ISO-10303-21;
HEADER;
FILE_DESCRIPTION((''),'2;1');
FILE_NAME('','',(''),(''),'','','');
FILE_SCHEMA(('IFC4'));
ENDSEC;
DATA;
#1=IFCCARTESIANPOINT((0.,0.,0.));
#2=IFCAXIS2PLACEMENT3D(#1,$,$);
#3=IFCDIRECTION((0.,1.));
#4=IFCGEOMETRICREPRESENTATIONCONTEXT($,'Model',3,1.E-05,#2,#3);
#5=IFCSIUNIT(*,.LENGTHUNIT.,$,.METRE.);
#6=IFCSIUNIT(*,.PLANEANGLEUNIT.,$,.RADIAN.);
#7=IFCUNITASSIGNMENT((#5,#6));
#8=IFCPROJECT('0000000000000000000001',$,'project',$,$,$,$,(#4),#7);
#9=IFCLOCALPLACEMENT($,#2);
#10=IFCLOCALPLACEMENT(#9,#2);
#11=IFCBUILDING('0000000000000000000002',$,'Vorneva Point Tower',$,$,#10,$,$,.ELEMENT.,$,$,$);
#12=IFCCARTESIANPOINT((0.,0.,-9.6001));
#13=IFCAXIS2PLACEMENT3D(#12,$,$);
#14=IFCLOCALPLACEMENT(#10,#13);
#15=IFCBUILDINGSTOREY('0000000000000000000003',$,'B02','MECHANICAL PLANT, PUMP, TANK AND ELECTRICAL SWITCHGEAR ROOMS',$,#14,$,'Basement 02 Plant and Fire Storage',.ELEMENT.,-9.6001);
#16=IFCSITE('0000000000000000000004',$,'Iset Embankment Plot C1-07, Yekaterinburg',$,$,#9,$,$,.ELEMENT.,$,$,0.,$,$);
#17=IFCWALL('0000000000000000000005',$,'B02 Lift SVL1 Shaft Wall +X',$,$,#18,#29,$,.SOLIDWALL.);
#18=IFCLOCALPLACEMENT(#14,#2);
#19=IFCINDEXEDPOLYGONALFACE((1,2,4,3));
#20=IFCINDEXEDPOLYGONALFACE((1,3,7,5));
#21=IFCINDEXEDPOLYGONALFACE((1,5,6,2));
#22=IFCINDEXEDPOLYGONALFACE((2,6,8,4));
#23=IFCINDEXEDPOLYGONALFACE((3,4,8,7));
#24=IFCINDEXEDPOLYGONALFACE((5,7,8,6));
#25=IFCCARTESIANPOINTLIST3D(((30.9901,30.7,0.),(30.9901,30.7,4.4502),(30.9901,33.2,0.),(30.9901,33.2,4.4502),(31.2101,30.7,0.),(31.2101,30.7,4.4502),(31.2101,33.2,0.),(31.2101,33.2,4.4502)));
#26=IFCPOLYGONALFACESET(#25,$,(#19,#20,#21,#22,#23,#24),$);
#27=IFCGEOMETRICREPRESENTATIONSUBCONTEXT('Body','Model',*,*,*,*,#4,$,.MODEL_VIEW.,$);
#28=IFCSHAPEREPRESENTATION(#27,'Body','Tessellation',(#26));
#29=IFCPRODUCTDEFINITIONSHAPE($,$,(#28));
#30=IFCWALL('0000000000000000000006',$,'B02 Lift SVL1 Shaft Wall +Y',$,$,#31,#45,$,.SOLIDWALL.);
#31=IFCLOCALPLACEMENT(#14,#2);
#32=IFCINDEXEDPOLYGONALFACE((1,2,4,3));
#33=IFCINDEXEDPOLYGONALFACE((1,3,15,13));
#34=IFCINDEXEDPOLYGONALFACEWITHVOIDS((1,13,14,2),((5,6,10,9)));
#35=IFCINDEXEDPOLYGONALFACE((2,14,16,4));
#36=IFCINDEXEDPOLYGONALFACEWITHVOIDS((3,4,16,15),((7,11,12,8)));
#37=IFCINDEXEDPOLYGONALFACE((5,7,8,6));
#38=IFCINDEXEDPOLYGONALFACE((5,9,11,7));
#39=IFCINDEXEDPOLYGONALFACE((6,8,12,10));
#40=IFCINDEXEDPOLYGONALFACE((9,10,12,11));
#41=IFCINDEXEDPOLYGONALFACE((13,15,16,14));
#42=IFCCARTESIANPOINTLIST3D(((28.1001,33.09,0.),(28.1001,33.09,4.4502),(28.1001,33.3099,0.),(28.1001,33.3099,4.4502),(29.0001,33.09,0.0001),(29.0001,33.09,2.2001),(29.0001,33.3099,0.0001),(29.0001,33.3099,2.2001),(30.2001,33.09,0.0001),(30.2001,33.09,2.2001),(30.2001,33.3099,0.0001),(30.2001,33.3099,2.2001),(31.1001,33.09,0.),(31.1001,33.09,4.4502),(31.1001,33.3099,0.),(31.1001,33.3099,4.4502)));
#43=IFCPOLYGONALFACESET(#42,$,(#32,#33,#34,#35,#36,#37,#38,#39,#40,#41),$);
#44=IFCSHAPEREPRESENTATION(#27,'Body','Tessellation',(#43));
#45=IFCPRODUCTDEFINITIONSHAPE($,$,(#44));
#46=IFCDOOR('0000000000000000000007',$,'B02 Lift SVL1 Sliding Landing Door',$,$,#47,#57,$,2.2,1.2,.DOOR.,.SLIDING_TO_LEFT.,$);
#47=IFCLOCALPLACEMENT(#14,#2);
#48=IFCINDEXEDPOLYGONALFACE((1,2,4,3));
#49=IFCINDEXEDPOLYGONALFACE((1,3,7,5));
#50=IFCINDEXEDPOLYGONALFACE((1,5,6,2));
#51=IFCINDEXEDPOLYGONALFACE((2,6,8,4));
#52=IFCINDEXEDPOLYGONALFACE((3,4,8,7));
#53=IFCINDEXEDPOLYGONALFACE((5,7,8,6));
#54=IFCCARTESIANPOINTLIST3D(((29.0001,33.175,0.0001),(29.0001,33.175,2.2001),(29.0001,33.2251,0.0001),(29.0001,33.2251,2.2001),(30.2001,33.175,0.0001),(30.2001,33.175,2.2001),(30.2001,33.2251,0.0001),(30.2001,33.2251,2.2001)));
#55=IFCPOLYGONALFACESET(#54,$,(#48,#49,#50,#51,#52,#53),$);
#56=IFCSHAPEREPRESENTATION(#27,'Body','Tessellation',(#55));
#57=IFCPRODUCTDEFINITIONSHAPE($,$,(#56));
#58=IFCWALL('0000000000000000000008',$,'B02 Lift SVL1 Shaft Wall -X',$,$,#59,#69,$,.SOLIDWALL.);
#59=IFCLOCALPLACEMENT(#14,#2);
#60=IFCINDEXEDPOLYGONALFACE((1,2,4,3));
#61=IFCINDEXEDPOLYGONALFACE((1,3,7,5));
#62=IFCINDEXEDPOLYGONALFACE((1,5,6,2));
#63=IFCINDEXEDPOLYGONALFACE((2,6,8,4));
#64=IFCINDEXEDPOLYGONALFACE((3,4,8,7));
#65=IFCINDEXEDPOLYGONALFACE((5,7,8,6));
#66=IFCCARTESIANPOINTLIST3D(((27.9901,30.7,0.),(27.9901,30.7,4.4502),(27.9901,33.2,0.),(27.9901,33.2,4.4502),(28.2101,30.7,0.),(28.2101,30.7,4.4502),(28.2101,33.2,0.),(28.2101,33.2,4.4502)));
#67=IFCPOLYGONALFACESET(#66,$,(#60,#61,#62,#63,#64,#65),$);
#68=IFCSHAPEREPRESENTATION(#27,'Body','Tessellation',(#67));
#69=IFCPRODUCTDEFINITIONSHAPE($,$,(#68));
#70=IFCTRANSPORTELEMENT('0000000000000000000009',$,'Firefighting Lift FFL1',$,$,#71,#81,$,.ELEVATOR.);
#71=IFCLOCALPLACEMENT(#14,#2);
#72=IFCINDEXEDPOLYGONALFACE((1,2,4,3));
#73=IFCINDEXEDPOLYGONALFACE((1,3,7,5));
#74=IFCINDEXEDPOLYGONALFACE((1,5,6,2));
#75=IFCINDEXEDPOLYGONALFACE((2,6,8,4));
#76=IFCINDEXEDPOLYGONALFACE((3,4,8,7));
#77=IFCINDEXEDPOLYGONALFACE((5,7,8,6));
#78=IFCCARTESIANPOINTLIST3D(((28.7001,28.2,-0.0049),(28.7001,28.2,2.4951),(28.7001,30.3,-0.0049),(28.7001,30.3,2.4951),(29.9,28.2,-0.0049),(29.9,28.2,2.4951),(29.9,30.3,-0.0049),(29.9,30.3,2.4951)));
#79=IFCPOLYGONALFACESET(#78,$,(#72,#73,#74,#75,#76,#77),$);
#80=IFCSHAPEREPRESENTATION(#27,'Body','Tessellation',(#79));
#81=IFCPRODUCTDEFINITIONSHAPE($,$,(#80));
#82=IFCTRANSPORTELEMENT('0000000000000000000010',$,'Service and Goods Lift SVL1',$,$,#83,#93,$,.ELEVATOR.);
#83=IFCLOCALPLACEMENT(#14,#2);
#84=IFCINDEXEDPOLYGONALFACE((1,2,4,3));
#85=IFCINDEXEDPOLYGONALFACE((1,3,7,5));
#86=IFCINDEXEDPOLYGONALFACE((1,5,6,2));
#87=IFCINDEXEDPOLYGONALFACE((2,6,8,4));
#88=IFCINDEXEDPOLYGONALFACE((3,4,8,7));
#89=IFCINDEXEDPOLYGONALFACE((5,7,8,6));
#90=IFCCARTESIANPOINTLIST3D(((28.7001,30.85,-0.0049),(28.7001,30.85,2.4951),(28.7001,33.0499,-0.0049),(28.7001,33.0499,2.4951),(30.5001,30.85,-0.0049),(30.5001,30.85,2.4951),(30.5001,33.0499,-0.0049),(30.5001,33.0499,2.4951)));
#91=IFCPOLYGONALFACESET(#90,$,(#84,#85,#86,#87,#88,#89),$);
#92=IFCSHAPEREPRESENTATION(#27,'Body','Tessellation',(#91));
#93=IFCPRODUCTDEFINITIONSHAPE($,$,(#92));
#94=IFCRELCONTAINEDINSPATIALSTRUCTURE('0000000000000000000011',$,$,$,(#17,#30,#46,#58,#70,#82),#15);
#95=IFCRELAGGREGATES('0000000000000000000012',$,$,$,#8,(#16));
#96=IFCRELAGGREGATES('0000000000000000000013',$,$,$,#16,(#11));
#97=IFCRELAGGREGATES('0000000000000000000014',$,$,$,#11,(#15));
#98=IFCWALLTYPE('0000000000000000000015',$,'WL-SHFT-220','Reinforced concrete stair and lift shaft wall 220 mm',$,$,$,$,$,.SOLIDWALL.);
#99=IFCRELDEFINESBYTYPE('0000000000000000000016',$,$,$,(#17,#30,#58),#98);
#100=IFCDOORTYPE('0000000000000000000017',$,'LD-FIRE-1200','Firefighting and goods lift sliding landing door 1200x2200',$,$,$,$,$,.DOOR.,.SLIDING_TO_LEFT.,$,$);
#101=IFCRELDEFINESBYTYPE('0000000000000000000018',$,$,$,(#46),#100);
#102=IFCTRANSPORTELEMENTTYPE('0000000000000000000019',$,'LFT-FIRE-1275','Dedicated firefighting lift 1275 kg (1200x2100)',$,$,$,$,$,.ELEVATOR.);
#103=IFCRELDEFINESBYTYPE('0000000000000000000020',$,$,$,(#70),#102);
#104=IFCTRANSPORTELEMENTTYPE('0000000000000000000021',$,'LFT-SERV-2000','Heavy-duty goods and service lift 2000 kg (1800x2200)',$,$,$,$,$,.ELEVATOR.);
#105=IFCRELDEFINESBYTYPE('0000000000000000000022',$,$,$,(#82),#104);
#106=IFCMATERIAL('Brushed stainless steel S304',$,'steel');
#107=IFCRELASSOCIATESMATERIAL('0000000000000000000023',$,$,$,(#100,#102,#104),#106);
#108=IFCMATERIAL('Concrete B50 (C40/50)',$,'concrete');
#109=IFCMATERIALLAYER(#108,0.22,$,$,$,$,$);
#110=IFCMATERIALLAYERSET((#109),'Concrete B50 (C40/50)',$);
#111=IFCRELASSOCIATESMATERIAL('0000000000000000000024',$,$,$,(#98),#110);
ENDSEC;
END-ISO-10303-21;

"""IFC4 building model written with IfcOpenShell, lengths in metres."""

from ifc_helpers import new_model, si_unit, direction, frame, frame_2d, origin, origin_2d, place, context, subcontext, project, spatial, rectangle, extrude, material, layer, layer_set, type_object, element, fill, save


model = new_model("IFC4")

# Units and contexts
model_context = context("Model", 3, precision=1e-05, world=origin(), true_north=direction((0.0, 1.0)))
body_context = subcontext(model_context, "Body", "Model", "MODEL_VIEW")
ifc_project = project(units=[si_unit("LENGTHUNIT", "METRE"), si_unit("PLANEANGLEUNIT", "RADIAN")], contexts=[model_context])

# Site, building, storey
site_placement = place(None, origin())
site = spatial("IfcSite", under=ifc_project, at=site_placement, Name="Iset Embankment Plot C1-07, Yekaterinburg", CompositionType="ELEMENT", RefElevation=0.0)
building_placement = place(site_placement, origin())
building = spatial("IfcBuilding", under=site, at=building_placement, Name="Vorneva Point Tower", CompositionType="ELEMENT")
storey_placement = place(building_placement, frame((0.0, 0.0, -9.6001)))
storey = spatial("IfcBuildingStorey", under=building, at=storey_placement, Name="B02", Description="MECHANICAL PLANT, PUMP, TANK AND ELECTRICAL SWITCHGEAR ROOMS", LongName="Basement 02 Plant and Fire Storage", CompositionType="ELEMENT", Elevation=-9.6001)

# Shared definitions
ifc_material_1 = material(Name="Concrete B50 (C40/50)", Category="concrete")

# Shared definitions
ifc_material_2 = material(Name="Brushed stainless steel S304", Category="steel")
door_type_1 = type_object("IfcDoorType", Name="LD-FIRE-1200", Description="Firefighting and goods lift sliding landing door 1200x2200", OperationType="SLIDING_TO_LEFT", PredefinedType="DOOR", material=ifc_material_2)

# Wall
ifc_layer_1 = layer(ifc_material_1, 0.22)
ifc_layer_set_1 = layer_set([ifc_layer_1], Name="Concrete B50 (C40/50)")
wall_type_1 = type_object("IfcWallType", Name="WL-SHFT-220", Description="Reinforced concrete stair and lift shaft wall 220 mm", PredefinedType="SOLIDWALL", material=ifc_layer_set_1)
wall_1_placement = place(storey_placement, frame((31.1001, 30.7, 0.0), z_axis=(0.0, 0.0, 1.0), x_axis=(0.0, 1.0, 0.0)))
element("IfcWall", 1, at=wall_1_placement, inside=storey, type_object=wall_type_1, Name="B02 Lift SVL1 Shaft Wall +X", PredefinedType="SOLIDWALL", context=body_context, shape_type="SweptSolid", body=[
    extrude(rectangle(XDim=2.5, YDim=0.22, at=frame_2d((1.25, 0.0))), origin(), (0.0, 0.0, 1.0), 4.4502),
])

# Wall, opening, door
wall_2_placement = place(storey_placement, frame((31.1001, 33.2, 0.0), z_axis=(0.0, 0.0, 1.0), x_axis=(-1.0, 0.0, 0.0)))
wall_2 = element("IfcWall", 2, at=wall_2_placement, inside=storey, type_object=wall_type_1, Name="B02 Lift SVL1 Shaft Wall +Y", PredefinedType="SOLIDWALL", context=body_context, shape_type="SweptSolid", body=[
    extrude(rectangle(XDim=3.0, YDim=0.22, at=frame_2d((1.5, 0.0))), origin(), (0.0, 0.0, 1.0), 4.4502),
])
opening_1_placement = place(wall_2_placement, frame((0.8999, 0.0, 0.0)))
opening_1 = element("IfcOpeningElement", 3, at=opening_1_placement, cuts=wall_2, PredefinedType="OPENING", context=body_context, shape_type="SweptSolid", body=[
    extrude(rectangle(XDim=1.2, YDim=2.2, at=frame_2d((0.6001, 1.1001))), frame((0.0, 0.125, 0.0), z_axis=(0.0, -1.0, 0.0), x_axis=(1.0, 0.0, 0.0)), (0.0, 0.0, 1.0), 0.2498),
])
door_1_placement = place(opening_1_placement, origin())
door_1 = element("IfcDoor", 4, at=door_1_placement, inside=storey, type_object=door_type_1, Name="B02 Lift SVL1 Sliding Landing Door", OperationType="SLIDING_TO_LEFT", OverallHeight=2.2, OverallWidth=1.2, PredefinedType="DOOR", context=body_context, shape_type="SweptSolid", body=[
    extrude(rectangle(XDim=1.2, YDim=2.2, at=frame_2d((0.6001, 1.1001))), frame((0.0, 0.0249, 0.0), z_axis=(0.0, -1.0, 0.0), x_axis=(1.0, 0.0, 0.0)), (0.0, 0.0, 1.0), 0.05),
])
fill(opening_1, door_1)

# Wall
wall_3_placement = place(storey_placement, frame((28.1001, 33.2, 0.0), z_axis=(0.0, 0.0, 1.0), x_axis=(0.0, -1.0, 0.0)))
element("IfcWall", 5, at=wall_3_placement, inside=storey, type_object=wall_type_1, Name="B02 Lift SVL1 Shaft Wall -X", PredefinedType="SOLIDWALL", context=body_context, shape_type="SweptSolid", body=[
    extrude(rectangle(XDim=2.5, YDim=0.22, at=frame_2d((1.25, 0.0))), origin(), (0.0, 0.0, 1.0), 4.4502),
])

# Transport elements
transport_element_type_1 = type_object("IfcTransportElementType", Name="LFT-FIRE-1275", Description="Dedicated firefighting lift 1275 kg (1200x2100)", PredefinedType="ELEVATOR", material=ifc_material_2)
transport_element_1_placement = place(storey_placement, frame((29.3, 29.25, -0.0049), z_axis=(0.0, 0.0, 1.0), x_axis=(1.0, 0.0, 0.0)))
element("IfcTransportElement", 6, at=transport_element_1_placement, inside=storey, type_object=transport_element_type_1, Name="Firefighting Lift FFL1", PredefinedType="ELEVATOR", context=body_context, shape_type="SweptSolid", body=[
    extrude(rectangle(XDim=1.2, YDim=2.1001, at=origin_2d()), origin(), (0.0, 0.0, 1.0), 2.5),
])
transport_element_type_2 = type_object("IfcTransportElementType", Name="LFT-SERV-2000", Description="Heavy-duty goods and service lift 2000 kg (1800x2200)", PredefinedType="ELEVATOR", material=ifc_material_2)
transport_element_2_placement = place(storey_placement, frame((29.6001, 31.95, -0.0049), z_axis=(0.0, 0.0, 1.0), x_axis=(1.0, 0.0, 0.0)))
element("IfcTransportElement", 7, at=transport_element_2_placement, inside=storey, type_object=transport_element_type_2, Name="Service and Goods Lift SVL1", PredefinedType="ELEVATOR", context=body_context, shape_type="SweptSolid", body=[
    extrude(rectangle(XDim=1.8, YDim=2.2, at=origin_2d()), origin(), (0.0, 0.0, 1.0), 2.5),
])

save(model, "model.ifc")
